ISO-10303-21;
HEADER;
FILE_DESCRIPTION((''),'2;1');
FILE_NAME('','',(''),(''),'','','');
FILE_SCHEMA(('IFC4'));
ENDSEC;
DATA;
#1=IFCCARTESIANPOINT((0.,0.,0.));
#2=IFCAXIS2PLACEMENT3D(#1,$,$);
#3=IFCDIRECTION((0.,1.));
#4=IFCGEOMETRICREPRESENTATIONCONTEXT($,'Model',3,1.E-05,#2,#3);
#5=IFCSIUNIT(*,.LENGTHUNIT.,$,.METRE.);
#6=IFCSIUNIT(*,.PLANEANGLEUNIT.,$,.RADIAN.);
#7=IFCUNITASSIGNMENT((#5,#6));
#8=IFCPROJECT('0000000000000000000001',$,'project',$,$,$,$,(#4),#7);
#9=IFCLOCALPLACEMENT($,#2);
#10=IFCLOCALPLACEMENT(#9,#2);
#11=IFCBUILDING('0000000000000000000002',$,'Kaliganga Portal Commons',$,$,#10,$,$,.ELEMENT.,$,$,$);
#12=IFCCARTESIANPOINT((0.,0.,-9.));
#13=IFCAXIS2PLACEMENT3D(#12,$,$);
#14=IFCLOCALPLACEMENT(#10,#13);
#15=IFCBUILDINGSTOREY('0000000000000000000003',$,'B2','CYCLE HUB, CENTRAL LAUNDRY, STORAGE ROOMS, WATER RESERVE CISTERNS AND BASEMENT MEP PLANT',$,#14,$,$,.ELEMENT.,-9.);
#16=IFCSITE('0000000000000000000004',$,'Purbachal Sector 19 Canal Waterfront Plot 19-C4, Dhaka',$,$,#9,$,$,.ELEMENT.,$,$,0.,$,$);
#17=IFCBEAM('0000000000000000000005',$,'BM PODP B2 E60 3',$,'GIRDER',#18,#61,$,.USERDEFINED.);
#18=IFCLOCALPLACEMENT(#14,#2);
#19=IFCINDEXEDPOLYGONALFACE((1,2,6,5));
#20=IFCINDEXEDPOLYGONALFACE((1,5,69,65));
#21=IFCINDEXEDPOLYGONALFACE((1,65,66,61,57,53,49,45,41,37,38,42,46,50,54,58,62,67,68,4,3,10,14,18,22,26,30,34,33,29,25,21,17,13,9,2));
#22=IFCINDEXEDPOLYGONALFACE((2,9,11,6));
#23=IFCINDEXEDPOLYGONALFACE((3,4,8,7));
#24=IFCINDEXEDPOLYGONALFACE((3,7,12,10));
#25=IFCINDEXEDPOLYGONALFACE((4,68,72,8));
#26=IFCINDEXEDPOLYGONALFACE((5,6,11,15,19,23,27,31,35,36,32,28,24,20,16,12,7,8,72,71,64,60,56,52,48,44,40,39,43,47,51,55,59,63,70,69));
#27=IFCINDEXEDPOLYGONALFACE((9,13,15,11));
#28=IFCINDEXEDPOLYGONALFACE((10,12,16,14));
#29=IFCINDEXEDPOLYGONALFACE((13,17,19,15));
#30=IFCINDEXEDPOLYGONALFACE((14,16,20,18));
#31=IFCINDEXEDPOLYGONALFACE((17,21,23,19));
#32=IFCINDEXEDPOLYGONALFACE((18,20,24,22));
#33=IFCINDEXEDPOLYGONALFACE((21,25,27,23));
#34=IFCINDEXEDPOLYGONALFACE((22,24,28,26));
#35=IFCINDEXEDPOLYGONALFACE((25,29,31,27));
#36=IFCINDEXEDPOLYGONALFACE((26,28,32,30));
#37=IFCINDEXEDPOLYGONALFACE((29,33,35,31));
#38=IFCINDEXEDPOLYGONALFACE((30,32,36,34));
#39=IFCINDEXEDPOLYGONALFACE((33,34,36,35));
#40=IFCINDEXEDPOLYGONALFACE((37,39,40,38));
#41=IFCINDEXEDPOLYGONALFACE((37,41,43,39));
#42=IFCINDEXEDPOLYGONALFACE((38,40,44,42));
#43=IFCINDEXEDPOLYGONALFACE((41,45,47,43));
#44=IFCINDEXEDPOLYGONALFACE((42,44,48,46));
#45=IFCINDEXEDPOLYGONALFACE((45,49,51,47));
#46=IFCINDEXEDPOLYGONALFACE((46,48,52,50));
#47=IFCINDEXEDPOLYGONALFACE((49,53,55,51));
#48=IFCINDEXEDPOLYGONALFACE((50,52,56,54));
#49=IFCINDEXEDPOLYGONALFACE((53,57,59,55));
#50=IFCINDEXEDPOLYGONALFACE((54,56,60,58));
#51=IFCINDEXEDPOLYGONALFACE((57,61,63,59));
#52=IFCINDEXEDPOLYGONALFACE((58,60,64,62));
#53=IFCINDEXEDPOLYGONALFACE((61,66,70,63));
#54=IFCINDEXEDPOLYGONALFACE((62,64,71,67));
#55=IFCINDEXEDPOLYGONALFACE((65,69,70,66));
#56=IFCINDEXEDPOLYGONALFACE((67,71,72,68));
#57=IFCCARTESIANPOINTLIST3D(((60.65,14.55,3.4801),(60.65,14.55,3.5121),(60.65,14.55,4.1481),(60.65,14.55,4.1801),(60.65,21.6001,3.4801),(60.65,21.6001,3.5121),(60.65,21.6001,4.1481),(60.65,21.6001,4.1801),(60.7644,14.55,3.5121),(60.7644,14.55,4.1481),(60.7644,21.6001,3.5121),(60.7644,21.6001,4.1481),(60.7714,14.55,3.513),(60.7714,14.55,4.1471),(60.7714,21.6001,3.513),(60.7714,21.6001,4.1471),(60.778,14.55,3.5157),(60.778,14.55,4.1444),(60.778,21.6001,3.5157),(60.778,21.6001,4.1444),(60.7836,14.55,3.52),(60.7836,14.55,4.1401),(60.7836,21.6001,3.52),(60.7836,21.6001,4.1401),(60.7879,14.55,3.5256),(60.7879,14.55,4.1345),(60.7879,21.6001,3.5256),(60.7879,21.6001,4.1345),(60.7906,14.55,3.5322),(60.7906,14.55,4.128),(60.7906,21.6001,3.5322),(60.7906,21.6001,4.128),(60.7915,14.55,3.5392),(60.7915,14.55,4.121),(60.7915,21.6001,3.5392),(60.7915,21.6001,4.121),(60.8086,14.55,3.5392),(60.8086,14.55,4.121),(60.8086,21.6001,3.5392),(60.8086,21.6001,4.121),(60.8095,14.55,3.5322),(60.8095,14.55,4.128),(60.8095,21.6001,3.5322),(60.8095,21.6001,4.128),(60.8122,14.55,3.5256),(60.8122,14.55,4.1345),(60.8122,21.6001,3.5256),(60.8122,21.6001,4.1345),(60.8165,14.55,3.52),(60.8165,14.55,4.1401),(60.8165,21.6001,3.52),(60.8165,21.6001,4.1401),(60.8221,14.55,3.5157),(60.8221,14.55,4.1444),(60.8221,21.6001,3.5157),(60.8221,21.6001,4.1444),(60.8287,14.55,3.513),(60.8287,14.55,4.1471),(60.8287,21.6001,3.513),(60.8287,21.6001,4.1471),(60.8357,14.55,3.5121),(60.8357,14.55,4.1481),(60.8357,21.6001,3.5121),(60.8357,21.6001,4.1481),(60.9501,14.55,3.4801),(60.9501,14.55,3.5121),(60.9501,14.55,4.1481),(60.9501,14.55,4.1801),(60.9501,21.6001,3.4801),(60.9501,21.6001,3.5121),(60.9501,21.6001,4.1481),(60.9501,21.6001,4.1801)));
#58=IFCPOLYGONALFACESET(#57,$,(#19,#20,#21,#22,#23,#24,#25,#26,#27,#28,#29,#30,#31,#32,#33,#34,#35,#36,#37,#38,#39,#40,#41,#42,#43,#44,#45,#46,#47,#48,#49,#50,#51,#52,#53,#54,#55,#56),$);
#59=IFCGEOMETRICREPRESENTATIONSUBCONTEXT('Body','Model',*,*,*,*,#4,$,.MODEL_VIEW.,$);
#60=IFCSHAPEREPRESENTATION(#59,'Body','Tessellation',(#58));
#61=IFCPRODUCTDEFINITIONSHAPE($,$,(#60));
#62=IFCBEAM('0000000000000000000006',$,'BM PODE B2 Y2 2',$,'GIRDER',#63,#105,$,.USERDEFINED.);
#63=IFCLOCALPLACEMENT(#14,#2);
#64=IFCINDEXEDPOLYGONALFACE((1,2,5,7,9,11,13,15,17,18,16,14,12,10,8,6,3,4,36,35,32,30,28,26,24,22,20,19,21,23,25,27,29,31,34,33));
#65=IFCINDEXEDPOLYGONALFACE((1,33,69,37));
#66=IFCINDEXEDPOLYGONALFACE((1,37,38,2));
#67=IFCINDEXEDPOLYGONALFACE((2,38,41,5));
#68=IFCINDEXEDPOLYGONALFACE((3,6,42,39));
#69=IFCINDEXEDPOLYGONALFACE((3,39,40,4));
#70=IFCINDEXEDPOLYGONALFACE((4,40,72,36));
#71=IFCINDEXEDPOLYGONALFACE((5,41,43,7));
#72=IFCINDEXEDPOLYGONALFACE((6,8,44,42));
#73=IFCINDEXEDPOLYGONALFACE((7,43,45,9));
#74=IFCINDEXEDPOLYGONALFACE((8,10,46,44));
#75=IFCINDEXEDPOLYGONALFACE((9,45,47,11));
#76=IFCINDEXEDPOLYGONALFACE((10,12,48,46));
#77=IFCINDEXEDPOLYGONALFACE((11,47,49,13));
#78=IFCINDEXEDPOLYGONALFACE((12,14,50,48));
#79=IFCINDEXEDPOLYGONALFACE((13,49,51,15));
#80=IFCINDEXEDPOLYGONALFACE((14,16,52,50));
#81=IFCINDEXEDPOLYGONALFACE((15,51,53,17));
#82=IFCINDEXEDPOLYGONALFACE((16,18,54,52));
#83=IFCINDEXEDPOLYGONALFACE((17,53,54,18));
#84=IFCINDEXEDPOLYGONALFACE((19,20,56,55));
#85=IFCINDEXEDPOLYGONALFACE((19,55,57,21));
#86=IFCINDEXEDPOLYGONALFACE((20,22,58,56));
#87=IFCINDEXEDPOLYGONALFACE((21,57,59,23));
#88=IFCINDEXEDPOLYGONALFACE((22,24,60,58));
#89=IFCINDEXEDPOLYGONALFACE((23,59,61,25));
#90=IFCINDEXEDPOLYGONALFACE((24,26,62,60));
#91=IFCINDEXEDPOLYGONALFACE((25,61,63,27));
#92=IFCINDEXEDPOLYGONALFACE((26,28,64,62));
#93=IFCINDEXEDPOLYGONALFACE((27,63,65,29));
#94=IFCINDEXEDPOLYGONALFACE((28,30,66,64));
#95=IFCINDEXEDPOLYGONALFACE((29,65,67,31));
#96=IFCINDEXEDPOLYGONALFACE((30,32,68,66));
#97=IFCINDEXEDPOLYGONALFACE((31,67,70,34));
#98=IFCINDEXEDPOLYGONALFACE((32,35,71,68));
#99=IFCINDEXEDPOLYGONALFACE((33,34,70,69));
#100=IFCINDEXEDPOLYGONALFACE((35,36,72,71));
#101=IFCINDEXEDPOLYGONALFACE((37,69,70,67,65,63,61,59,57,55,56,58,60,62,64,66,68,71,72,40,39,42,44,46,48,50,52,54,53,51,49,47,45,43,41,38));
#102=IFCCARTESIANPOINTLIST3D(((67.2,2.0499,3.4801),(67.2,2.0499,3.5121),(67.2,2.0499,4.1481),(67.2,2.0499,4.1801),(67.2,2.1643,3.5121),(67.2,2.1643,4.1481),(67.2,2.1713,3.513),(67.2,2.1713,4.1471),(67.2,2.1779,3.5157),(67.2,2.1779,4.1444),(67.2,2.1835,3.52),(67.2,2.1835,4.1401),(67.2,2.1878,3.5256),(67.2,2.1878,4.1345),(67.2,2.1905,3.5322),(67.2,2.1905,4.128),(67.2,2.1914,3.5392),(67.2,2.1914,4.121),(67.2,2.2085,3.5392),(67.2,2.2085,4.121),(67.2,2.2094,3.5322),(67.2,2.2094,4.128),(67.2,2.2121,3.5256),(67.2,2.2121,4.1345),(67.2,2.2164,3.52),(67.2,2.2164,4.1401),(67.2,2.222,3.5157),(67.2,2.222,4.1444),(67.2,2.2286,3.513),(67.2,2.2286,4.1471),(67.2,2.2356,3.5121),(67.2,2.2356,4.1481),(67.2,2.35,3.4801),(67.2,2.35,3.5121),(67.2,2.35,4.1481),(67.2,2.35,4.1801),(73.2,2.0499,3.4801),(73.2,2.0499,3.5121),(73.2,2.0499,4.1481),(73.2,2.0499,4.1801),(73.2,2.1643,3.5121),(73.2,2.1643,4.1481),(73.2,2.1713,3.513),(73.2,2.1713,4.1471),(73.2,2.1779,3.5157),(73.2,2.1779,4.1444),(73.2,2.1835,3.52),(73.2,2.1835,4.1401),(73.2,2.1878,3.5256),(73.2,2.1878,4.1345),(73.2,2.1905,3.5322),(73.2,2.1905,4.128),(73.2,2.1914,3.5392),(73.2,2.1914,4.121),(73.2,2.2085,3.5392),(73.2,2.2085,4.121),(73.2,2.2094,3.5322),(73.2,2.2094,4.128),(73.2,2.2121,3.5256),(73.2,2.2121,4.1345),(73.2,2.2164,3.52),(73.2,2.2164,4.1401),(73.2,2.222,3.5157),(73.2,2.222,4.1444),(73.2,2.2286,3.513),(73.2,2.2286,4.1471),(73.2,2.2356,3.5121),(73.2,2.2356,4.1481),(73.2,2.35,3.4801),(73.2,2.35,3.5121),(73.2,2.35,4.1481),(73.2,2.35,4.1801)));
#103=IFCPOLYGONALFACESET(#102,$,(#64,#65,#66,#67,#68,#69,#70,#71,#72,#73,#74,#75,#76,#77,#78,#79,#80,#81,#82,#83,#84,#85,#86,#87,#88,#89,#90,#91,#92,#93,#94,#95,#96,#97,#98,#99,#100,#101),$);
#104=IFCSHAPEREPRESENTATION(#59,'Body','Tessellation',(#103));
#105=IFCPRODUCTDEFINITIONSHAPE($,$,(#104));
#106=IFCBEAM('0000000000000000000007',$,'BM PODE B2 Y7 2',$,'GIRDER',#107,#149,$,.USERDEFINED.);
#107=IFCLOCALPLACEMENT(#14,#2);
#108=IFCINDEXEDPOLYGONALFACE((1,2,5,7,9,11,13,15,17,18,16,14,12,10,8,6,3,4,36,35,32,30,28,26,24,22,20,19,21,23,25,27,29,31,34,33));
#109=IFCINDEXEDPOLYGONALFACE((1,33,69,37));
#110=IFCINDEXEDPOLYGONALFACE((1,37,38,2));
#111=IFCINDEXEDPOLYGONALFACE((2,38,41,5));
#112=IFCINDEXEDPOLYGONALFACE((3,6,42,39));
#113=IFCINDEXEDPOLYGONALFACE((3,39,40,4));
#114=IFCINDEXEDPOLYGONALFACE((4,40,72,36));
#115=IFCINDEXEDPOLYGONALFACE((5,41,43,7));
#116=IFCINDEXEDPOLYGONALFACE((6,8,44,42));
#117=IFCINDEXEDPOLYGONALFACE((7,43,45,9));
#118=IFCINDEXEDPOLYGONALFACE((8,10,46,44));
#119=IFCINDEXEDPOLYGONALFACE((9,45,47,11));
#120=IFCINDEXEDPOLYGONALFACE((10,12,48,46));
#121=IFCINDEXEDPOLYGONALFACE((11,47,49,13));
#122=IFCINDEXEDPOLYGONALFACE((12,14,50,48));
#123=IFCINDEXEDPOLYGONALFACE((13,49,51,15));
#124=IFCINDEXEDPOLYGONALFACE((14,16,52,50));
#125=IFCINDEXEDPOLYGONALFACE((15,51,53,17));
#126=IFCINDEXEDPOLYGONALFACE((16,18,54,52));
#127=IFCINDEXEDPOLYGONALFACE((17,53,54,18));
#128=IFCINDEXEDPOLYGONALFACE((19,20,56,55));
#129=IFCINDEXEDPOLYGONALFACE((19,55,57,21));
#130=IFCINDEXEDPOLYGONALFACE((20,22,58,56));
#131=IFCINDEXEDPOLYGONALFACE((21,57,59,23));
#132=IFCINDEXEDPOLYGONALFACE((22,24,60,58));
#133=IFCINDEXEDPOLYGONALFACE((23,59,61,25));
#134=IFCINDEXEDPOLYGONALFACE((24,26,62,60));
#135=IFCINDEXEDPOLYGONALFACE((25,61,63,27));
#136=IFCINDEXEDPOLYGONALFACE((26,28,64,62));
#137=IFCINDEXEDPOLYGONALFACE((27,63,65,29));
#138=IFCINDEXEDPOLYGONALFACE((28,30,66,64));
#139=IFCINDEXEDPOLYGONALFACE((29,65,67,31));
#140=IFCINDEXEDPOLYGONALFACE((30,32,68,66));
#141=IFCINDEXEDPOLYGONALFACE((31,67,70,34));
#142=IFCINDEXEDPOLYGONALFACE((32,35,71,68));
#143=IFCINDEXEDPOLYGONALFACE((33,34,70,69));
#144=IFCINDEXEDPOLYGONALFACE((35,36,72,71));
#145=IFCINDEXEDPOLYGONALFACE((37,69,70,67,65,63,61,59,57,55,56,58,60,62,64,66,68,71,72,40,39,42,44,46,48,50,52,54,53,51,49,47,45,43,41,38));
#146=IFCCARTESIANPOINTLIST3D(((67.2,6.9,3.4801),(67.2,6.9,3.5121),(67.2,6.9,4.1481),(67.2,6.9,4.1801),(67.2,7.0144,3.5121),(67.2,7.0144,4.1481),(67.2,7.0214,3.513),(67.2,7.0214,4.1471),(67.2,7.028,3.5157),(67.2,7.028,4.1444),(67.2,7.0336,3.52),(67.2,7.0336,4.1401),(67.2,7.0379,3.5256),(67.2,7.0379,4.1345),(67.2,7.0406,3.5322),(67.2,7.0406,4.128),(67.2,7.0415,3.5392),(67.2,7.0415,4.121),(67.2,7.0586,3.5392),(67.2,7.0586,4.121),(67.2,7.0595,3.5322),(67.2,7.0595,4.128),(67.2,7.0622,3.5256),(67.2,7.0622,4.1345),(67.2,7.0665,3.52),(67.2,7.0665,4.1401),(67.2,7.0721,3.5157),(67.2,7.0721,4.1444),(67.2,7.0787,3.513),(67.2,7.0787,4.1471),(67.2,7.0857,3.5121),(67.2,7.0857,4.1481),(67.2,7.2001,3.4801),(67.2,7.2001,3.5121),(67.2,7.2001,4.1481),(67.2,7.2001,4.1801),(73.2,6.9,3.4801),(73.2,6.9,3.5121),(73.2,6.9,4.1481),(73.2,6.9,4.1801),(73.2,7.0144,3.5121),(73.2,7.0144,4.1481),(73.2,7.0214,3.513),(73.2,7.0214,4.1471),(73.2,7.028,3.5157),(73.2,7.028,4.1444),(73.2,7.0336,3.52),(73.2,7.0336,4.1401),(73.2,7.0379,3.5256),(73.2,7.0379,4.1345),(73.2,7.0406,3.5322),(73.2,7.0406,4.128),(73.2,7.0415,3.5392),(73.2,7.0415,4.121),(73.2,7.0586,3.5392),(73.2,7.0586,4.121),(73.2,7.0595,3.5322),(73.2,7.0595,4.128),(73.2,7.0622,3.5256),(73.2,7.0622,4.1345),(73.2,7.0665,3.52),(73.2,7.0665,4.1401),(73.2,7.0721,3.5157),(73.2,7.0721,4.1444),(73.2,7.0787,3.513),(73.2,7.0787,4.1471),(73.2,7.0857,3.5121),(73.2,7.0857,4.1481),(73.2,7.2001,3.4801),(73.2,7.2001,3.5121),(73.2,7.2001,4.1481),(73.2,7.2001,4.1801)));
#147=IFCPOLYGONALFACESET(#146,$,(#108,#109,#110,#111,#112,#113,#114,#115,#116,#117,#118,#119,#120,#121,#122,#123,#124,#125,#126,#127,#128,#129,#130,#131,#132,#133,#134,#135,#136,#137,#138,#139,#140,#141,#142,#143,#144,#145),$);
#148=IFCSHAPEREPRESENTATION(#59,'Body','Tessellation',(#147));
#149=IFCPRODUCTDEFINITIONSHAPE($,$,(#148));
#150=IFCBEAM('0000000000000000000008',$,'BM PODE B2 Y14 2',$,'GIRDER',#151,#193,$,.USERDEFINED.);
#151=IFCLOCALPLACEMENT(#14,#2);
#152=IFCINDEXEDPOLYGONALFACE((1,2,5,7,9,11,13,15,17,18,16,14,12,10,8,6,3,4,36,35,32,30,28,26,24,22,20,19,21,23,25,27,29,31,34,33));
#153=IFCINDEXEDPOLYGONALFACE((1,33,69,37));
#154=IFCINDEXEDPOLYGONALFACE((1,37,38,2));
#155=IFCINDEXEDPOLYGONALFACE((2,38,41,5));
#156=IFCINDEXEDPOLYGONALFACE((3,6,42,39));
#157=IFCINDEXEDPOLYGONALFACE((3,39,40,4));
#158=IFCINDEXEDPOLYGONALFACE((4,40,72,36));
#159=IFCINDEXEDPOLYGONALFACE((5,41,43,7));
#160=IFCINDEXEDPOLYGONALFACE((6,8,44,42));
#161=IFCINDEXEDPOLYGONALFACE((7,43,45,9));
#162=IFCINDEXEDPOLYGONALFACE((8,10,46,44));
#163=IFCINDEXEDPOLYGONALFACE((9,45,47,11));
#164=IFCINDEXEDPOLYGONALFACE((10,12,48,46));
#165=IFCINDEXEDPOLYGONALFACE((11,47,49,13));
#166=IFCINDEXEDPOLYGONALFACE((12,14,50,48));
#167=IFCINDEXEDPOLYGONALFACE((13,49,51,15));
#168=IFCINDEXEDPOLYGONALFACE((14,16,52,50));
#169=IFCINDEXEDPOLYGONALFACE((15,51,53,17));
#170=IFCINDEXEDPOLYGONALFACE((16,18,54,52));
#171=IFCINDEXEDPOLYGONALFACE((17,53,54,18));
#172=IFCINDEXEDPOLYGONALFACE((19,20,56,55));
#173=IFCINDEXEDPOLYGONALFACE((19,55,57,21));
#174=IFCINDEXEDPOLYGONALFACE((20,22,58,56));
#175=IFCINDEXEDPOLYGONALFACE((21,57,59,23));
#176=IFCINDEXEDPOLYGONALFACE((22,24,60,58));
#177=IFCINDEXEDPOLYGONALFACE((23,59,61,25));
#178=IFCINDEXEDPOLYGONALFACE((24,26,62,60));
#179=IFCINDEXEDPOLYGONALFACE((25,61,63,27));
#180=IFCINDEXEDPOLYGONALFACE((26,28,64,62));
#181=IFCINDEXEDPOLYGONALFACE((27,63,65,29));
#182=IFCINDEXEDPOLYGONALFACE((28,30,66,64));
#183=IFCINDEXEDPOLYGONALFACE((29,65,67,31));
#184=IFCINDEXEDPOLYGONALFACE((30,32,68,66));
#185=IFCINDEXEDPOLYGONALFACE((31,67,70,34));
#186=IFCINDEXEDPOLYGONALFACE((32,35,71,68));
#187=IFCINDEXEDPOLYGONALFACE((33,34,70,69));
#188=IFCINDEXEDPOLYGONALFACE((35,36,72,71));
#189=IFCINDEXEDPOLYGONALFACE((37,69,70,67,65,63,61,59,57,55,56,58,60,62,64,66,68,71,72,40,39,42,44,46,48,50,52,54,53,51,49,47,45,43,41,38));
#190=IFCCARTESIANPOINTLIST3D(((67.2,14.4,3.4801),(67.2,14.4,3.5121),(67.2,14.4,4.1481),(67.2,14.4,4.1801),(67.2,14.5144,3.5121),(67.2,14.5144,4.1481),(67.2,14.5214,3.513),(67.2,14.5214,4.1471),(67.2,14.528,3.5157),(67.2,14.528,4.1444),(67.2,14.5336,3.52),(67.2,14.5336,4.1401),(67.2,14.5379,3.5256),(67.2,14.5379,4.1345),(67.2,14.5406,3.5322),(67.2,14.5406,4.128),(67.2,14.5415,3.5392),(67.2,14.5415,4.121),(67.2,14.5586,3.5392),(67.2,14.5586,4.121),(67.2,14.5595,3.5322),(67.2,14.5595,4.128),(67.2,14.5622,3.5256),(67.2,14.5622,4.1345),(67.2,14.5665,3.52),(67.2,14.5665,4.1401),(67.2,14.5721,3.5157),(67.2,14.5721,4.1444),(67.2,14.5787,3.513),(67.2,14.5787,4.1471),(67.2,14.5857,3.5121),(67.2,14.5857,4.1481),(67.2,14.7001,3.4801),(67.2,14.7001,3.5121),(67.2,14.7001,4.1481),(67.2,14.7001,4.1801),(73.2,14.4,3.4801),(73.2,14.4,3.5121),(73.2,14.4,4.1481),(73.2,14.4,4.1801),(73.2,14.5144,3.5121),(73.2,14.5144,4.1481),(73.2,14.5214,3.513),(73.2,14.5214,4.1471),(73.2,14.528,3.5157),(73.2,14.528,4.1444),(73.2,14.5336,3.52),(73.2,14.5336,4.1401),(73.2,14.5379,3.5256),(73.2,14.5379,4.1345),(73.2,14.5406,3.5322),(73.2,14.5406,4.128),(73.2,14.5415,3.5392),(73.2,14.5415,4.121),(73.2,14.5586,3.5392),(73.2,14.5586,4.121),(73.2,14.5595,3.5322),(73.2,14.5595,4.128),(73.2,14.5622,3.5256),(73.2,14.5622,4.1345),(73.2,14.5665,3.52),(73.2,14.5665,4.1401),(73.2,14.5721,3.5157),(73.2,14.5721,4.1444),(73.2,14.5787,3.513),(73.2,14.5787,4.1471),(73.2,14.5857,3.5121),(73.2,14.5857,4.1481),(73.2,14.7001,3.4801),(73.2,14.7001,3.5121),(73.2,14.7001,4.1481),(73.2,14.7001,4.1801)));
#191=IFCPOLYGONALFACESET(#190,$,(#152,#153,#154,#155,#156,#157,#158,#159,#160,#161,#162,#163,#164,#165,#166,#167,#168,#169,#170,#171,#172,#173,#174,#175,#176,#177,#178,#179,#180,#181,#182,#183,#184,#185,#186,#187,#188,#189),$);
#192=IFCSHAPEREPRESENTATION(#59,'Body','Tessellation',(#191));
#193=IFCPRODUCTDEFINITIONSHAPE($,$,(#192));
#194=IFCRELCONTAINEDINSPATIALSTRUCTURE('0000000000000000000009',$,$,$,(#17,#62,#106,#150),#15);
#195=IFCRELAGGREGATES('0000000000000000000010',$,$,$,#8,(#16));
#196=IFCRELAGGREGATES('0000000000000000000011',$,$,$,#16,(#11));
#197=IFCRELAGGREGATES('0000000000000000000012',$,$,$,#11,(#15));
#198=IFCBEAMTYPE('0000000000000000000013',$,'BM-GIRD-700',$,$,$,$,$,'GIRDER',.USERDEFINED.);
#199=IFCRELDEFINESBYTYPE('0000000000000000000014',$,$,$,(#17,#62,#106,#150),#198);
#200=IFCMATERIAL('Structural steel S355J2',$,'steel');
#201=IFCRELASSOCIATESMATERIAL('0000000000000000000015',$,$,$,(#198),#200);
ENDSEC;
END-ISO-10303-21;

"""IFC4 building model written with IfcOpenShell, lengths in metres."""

from ifc_helpers import new_model, si_unit, direction, frame, origin, origin_2d, place, context, subcontext, project, spatial, i_section, extrude, source, transform, mapped, material, material_profile, profile_set, type_object, element, save


model = new_model("IFC4")

# Units and contexts
model_context = context("Model", 3, precision=1e-05, world=origin(), true_north=direction((0.0, 1.0)))
body_context = subcontext(model_context, "Body", "Model", "MODEL_VIEW")
ifc_project = project(units=[si_unit("LENGTHUNIT", "METRE"), si_unit("PLANEANGLEUNIT", "RADIAN")], contexts=[model_context])

# Site, building, storey
site_placement = place(None, origin())
site = spatial("IfcSite", under=ifc_project, at=site_placement, Name="Purbachal Sector 19 Canal Waterfront Plot 19-C4, Dhaka", CompositionType="ELEMENT", RefElevation=0.0)
building_placement = place(site_placement, origin())
building = spatial("IfcBuilding", under=site, at=building_placement, Name="Kaliganga Portal Commons", CompositionType="ELEMENT")
storey_placement = place(building_placement, frame((0.0, 0.0, -9.0)))
storey = spatial("IfcBuildingStorey", under=building, at=storey_placement, Name="B2", Description="CYCLE HUB, CENTRAL LAUNDRY, STORAGE ROOMS, WATER RESERVE CISTERNS AND BASEMENT MEP PLANT", CompositionType="ELEMENT", Elevation=-9.0)

# Beams
ifc_material_1 = material(Name="Structural steel S355J2", Category="steel")
ifc_material_profile_1 = material_profile(ifc_material_1, i_section(OverallWidth=0.3, OverallDepth=0.7, WebThickness=0.0171, FlangeThickness=0.032, FilletRadius=0.0271, at=origin_2d()), Name="HE 700 B")
ifc_profile_set_1 = profile_set([ifc_material_profile_1], Name="Structural steel S355J2 wide-flange")
beam_type_1 = type_object("IfcBeamType", Name="BM-GIRD-700", ElementType="GIRDER", PredefinedType="USERDEFINED", material=ifc_profile_set_1)
shared_shape_1 = source(origin(), body_context, "Body", "SweptSolid", [
    extrude(i_section(OverallWidth=0.3, OverallDepth=0.7, WebThickness=0.0171, FlangeThickness=0.032, FilletRadius=0.0271, at=origin_2d()), origin(), (0.0, 0.0, 1.0), 7.05),
])
beam_1_placement = place(storey_placement, frame((60.8, 14.55, 3.8301), z_axis=(0.0, 1.0, 0.0), x_axis=(-1.0, 0.0, 0.0)))
element("IfcBeam", 1, at=beam_1_placement, inside=storey, type_object=beam_type_1, Name="BM PODP B2 E60 3", ObjectType="GIRDER", PredefinedType="USERDEFINED", context=body_context, shape_type="MappedRepresentation", body=[
    mapped(shared_shape_1, transform((0.0, 0.0, 0.0), x_axis=(1.0, 0.0, 0.0), y_axis=(0.0, 1.0, 0.0), z_axis=(0.0, 0.0, 1.0), scale=1.0)),
])
shared_shape_2 = source(origin(), body_context, "Body", "SweptSolid", [
    extrude(i_section(OverallWidth=0.3, OverallDepth=0.7, WebThickness=0.0171, FlangeThickness=0.032, FilletRadius=0.0271, at=origin_2d()), origin(), (0.0, 0.0, 1.0), 6.0),
])
for number, where, z_axis, x_axis, name in (
    (2, (67.2, 2.2, 3.8301), (1.0, 0.0, 0.0), (0.0, 1.0, 0.0), "BM PODE B2 Y2 2"),
    (3, (67.2, 7.05, 3.8301), (1.0, 0.0, 0.0), (0.0, 1.0, 0.0), "BM PODE B2 Y7 2"),
    (4, (67.2, 14.55, 3.8301), (1.0, 0.0, 0.0), (0.0, 1.0, 0.0), "BM PODE B2 Y14 2"),
):
    element("IfcBeam", number, at=place(storey_placement, frame(where, z_axis=z_axis, x_axis=x_axis)), inside=storey, type_object=beam_type_1, Name=name, ObjectType="GIRDER", PredefinedType="USERDEFINED", context=body_context, shape_type="MappedRepresentation", body=[
        mapped(shared_shape_2, transform((0.0, 0.0, 0.0), x_axis=(1.0, 0.0, 0.0), y_axis=(0.0, 1.0, 0.0), z_axis=(0.0, 0.0, 1.0), scale=1.0)),
    ])

save(model, "model.ifc")
